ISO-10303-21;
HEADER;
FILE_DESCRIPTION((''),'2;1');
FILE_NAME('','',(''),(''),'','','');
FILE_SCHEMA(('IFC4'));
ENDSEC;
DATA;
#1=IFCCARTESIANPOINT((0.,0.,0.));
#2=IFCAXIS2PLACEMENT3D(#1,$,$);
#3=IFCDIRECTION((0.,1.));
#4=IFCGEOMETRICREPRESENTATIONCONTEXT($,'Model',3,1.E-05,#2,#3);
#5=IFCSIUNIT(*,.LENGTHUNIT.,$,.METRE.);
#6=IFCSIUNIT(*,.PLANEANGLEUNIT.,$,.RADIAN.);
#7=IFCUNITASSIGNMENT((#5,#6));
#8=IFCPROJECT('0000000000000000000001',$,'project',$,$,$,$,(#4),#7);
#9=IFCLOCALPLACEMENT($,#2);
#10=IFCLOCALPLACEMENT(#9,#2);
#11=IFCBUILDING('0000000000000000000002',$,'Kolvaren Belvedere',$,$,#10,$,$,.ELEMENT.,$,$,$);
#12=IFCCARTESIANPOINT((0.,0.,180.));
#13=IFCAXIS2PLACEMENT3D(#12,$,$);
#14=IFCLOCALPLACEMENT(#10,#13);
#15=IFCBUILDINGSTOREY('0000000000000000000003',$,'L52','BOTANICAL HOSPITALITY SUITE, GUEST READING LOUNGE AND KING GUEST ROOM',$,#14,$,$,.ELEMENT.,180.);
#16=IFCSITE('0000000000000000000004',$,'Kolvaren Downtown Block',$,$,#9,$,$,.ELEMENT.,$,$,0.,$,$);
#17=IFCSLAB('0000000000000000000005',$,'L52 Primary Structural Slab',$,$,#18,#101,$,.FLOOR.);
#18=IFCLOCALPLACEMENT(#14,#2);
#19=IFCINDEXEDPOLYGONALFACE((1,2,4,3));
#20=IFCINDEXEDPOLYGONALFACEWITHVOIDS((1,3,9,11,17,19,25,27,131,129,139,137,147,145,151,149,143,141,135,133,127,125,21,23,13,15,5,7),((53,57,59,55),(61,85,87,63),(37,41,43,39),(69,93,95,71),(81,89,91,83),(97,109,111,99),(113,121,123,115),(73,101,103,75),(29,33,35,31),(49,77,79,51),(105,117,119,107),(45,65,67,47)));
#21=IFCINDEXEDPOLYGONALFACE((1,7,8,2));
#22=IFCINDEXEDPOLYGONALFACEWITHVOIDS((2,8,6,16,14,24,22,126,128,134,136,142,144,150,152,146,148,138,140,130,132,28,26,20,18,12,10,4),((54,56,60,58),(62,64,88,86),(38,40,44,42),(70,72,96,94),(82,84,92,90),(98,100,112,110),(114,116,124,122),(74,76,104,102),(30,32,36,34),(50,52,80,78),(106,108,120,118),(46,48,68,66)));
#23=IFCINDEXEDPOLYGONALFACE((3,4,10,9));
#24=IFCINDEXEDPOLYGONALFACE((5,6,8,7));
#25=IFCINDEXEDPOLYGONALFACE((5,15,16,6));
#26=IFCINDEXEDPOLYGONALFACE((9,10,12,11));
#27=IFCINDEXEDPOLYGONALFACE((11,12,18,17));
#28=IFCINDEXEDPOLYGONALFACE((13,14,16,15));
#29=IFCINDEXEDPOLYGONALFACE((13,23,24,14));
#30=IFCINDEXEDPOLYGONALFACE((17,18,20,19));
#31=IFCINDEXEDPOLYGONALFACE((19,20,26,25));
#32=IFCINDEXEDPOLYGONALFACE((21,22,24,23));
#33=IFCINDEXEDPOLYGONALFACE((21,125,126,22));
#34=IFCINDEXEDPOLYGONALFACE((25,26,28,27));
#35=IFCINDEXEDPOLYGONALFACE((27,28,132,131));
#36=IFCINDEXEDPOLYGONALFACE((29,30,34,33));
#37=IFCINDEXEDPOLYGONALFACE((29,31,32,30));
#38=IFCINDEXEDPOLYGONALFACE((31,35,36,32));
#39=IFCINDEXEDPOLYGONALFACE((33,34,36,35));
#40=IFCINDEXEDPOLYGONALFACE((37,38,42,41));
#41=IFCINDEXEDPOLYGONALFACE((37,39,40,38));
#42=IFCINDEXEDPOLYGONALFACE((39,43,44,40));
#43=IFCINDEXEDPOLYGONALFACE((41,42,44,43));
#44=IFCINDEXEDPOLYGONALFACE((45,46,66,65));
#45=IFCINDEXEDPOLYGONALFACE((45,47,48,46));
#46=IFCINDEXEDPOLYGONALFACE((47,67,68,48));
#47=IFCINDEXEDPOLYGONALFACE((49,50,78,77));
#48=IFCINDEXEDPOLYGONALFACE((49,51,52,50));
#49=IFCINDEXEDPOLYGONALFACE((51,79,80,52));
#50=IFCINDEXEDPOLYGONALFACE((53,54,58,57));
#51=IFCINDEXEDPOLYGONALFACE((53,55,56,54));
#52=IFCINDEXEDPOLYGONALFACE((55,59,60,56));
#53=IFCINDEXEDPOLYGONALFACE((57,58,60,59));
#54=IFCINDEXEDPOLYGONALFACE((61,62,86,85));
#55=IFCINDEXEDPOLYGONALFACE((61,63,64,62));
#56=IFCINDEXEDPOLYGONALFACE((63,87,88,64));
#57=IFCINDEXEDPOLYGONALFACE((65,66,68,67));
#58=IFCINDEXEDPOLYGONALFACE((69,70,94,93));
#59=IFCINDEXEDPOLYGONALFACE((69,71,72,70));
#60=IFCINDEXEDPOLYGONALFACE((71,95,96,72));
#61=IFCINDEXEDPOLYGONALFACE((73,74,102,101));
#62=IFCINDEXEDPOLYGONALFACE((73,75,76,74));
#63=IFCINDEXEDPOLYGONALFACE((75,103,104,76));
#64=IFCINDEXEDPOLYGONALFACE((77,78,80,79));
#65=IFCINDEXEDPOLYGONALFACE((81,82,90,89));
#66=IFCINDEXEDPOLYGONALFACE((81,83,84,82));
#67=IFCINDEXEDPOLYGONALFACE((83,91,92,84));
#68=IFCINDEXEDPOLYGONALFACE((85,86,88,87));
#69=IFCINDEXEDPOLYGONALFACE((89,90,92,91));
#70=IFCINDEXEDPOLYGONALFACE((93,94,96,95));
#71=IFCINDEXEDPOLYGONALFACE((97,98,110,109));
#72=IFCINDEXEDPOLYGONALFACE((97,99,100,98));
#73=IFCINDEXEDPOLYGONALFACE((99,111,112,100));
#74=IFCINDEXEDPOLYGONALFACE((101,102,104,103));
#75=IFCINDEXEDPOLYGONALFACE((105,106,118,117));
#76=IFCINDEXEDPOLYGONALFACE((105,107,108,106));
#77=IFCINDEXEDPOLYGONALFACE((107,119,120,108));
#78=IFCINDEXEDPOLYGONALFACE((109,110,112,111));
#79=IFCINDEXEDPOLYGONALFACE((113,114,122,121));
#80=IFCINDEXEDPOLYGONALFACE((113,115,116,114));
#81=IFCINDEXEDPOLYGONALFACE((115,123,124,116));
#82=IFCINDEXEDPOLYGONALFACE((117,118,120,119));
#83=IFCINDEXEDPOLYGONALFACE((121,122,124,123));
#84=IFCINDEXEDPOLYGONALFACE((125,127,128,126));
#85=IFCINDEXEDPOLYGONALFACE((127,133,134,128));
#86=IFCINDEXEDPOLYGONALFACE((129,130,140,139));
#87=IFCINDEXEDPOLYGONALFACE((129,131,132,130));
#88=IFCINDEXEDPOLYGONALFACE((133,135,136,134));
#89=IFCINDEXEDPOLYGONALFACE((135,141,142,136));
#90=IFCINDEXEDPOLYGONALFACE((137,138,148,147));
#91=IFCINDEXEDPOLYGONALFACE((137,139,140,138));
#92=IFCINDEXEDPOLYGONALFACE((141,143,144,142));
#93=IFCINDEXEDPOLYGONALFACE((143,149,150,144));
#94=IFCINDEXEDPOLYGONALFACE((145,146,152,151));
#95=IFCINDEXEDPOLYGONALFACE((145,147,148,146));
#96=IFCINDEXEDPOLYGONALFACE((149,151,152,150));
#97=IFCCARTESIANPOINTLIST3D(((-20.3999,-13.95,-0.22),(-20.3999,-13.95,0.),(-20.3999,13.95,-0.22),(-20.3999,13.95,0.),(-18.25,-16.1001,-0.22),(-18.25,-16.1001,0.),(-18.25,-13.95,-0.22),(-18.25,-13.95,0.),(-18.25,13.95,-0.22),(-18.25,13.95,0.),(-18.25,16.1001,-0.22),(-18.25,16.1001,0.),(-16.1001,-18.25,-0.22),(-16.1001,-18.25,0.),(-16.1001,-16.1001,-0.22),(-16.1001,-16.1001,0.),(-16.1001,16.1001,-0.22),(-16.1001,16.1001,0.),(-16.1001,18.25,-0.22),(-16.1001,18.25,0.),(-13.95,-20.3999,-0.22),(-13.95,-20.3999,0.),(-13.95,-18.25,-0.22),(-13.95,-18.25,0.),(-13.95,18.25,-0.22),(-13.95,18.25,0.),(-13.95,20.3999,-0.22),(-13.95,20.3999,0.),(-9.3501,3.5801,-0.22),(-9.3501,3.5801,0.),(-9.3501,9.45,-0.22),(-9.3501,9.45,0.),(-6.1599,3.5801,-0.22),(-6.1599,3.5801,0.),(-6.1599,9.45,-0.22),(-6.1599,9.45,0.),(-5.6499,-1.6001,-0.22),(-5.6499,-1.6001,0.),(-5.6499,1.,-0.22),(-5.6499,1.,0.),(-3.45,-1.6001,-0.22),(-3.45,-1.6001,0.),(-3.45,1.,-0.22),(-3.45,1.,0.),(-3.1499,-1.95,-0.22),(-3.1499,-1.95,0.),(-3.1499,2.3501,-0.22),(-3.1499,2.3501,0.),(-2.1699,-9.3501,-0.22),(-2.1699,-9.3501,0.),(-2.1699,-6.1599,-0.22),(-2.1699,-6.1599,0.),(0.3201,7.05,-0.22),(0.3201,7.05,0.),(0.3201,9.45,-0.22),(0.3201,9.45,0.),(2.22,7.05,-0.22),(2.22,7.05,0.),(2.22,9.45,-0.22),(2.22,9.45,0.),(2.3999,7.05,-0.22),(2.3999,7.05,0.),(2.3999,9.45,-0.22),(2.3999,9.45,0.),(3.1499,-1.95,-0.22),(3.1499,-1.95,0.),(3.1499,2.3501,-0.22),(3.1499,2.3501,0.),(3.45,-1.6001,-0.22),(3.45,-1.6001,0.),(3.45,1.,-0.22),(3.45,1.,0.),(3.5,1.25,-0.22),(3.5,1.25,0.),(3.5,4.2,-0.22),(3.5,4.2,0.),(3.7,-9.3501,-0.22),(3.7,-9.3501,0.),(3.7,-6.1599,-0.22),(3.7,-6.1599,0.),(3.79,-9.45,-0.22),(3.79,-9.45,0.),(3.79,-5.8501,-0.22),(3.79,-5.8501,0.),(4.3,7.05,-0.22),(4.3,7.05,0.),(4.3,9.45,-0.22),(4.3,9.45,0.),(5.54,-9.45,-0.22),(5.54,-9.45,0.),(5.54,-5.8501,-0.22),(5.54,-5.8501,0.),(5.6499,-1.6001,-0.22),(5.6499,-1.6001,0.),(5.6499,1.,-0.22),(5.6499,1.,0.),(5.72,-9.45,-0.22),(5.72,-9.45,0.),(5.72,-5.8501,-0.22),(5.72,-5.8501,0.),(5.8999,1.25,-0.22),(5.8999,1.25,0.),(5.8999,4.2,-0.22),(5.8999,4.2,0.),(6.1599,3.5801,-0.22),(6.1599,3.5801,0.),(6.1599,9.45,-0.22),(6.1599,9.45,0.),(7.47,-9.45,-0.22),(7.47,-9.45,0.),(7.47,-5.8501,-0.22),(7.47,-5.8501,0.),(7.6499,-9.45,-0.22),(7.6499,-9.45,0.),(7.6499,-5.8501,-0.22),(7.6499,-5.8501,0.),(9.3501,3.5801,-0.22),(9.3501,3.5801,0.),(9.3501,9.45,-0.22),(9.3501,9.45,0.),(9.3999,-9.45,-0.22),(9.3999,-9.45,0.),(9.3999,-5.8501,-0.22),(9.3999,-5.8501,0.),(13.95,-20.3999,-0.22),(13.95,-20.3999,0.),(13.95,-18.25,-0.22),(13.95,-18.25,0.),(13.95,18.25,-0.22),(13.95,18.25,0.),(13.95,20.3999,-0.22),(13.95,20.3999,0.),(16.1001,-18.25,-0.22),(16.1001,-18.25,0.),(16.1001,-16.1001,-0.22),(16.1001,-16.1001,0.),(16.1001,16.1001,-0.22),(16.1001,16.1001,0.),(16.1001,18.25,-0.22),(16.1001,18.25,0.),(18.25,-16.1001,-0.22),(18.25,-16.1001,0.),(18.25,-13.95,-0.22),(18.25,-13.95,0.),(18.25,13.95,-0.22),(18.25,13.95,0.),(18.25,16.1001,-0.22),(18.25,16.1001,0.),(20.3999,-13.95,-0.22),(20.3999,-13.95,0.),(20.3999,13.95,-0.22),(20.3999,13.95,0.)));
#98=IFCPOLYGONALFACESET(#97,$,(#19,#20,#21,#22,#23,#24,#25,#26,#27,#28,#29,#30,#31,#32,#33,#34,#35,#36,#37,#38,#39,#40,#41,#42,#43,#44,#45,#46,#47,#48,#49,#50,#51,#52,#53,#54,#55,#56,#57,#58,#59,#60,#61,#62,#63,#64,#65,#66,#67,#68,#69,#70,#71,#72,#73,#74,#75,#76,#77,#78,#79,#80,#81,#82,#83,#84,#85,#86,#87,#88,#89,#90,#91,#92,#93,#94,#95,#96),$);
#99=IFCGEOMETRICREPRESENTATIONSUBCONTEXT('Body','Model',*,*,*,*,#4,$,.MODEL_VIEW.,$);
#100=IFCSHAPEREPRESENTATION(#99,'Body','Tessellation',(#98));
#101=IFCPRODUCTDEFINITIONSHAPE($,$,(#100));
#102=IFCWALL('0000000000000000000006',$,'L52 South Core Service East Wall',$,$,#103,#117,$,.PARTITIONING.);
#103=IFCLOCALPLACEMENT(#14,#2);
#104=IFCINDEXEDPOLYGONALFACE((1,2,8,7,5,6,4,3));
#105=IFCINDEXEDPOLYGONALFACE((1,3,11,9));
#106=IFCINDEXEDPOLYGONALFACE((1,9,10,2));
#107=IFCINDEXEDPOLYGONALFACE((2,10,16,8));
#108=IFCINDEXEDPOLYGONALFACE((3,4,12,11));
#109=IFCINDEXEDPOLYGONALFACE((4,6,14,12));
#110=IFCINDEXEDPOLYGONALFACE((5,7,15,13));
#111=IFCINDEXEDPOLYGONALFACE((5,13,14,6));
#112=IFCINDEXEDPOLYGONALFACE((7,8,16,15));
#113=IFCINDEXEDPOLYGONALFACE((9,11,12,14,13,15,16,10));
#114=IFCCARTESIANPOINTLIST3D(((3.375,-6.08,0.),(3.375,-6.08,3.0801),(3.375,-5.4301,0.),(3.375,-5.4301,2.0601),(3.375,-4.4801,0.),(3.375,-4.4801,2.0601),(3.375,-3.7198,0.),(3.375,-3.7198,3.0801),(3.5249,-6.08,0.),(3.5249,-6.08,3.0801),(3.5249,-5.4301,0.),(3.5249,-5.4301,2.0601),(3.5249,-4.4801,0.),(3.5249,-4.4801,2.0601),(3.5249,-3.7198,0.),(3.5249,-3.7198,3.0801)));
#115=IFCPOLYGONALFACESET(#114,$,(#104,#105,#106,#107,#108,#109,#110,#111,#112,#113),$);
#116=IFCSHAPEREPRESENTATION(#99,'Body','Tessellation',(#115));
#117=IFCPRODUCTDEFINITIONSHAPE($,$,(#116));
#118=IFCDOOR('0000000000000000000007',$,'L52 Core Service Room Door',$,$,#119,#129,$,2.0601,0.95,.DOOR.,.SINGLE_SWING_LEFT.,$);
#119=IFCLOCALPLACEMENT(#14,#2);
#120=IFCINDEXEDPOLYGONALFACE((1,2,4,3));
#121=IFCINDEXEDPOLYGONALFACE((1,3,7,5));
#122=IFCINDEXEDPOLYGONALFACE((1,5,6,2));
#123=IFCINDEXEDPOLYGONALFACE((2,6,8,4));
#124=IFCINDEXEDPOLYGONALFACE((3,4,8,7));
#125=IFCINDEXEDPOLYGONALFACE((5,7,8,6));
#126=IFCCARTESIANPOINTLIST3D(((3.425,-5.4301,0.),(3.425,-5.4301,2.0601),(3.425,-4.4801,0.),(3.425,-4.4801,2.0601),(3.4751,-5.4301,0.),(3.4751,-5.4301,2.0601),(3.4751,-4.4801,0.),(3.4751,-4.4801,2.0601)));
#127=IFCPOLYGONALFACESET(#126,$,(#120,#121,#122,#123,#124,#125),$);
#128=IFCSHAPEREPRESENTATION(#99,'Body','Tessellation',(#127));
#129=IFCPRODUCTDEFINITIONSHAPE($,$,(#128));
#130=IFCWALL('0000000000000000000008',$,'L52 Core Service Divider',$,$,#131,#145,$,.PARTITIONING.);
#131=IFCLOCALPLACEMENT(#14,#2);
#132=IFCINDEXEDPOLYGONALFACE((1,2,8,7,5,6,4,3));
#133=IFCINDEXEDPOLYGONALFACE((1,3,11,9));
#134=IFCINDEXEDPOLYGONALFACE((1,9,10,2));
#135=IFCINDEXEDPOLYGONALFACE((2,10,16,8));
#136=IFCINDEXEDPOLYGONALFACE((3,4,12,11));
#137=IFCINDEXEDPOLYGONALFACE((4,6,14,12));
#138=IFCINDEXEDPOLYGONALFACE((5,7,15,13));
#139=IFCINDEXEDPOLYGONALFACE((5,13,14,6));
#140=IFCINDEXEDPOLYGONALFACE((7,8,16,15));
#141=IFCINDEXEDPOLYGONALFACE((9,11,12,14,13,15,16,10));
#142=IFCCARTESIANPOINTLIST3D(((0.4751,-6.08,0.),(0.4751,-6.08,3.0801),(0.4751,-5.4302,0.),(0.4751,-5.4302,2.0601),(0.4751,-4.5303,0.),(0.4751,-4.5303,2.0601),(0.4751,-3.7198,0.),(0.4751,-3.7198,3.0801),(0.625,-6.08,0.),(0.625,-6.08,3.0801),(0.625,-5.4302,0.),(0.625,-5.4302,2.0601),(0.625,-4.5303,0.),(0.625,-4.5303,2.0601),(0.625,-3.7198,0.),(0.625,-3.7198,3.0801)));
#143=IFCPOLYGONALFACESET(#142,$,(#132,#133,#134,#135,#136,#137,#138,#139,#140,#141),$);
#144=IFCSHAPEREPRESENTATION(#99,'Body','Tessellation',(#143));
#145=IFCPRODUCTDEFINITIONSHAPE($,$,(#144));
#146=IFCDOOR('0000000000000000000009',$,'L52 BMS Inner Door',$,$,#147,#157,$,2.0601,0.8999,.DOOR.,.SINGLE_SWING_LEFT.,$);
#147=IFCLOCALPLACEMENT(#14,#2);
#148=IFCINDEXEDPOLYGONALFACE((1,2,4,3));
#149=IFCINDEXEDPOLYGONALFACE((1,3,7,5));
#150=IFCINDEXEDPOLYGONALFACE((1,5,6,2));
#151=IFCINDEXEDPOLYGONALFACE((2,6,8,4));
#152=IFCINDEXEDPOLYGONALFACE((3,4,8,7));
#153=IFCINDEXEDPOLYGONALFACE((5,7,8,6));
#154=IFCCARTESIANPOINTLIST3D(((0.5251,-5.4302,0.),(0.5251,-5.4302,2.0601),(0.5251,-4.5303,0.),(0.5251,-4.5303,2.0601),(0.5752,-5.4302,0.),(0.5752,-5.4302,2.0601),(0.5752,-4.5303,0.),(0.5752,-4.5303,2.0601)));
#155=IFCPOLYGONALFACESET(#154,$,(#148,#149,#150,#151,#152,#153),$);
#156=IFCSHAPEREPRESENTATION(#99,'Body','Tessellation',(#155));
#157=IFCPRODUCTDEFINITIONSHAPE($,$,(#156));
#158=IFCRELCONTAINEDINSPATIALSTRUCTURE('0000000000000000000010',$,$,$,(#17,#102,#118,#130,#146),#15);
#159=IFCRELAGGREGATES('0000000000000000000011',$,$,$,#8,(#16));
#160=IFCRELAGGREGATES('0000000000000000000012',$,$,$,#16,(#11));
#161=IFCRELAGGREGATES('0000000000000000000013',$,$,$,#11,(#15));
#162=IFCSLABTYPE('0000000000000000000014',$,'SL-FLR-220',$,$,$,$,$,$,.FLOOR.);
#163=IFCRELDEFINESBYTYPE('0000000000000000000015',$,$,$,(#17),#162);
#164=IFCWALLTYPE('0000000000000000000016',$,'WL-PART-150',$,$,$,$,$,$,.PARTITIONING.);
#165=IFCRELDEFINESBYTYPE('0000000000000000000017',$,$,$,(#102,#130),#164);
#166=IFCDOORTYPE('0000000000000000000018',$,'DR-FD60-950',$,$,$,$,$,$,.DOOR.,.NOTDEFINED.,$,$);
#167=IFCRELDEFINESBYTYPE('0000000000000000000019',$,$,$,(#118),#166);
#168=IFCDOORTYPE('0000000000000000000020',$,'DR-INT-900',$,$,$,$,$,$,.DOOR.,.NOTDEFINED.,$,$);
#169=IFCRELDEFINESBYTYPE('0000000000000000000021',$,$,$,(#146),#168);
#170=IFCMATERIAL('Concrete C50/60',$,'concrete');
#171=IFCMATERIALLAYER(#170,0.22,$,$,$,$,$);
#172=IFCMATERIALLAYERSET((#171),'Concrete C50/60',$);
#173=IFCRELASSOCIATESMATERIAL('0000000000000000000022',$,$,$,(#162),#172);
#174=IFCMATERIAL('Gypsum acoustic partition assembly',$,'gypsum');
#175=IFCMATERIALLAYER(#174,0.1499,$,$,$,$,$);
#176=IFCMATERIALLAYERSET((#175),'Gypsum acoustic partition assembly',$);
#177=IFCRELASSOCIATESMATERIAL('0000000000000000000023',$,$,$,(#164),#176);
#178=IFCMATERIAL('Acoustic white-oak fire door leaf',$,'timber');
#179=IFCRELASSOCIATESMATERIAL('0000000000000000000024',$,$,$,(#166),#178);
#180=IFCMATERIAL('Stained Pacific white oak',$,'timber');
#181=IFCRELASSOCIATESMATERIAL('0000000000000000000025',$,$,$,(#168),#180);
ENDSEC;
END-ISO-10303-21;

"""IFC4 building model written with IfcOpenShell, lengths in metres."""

from ifc_helpers import new_model, si_unit, direction, frame, frame_2d, origin, place, context, subcontext, project, spatial, polyline, rectangle, outline, extrude, material, layer, layer_set, type_object, element, fill, save


model = new_model("IFC4")

# Units and contexts
model_context = context("Model", 3, precision=1e-05, world=origin(), true_north=direction((0.0, 1.0)))
body_context = subcontext(model_context, "Body", "Model", "MODEL_VIEW")
ifc_project = project(units=[si_unit("LENGTHUNIT", "METRE"), si_unit("PLANEANGLEUNIT", "RADIAN")], contexts=[model_context])

# Site, building, storey
site_placement = place(None, origin())
site = spatial("IfcSite", under=ifc_project, at=site_placement, Name="Kolvaren Downtown Block", CompositionType="ELEMENT", RefElevation=0.0)
building_placement = place(site_placement, origin())
building = spatial("IfcBuilding", under=site, at=building_placement, Name="Kolvaren Belvedere", CompositionType="ELEMENT")
storey_placement = place(building_placement, frame((0.0, 0.0, 180.0)))
storey = spatial("IfcBuildingStorey", under=building, at=storey_placement, Name="L52", Description="BOTANICAL HOSPITALITY SUITE, GUEST READING LOUNGE AND KING GUEST ROOM", CompositionType="ELEMENT", Elevation=180.0)

# Slab
ifc_material_1 = material(Name="Concrete C50/60", Category="concrete")
ifc_layer_1 = layer(ifc_material_1, 0.22)
ifc_layer_set_1 = layer_set([ifc_layer_1], Name="Concrete C50/60")
slab_type_1 = type_object("IfcSlabType", Name="SL-FLR-220", PredefinedType="FLOOR", material=ifc_layer_set_1)
slab_1_placement = place(storey_placement, frame((0.0, 0.0, -0.22)))
element("IfcSlab", 1, at=slab_1_placement, inside=storey, type_object=slab_type_1, Name="L52 Primary Structural Slab", PredefinedType="FLOOR", context=body_context, shape_type="SweptSolid", body=[
    extrude(outline(polyline([(-13.95, -20.3999), (13.95, -20.3999), (13.95, -18.25), (16.1001, -18.25), (16.1001, -16.1001), (18.25, -16.1001), (18.25, -13.95), (20.3999, -13.95), (20.3999, 13.95), (18.25, 13.95), (18.25, 16.1001), (16.1001, 16.1001), (16.1001, 18.25), (13.95, 18.25), (13.95, 20.3999), (-13.95, 20.3999), (-13.95, 18.25), (-16.1001, 18.25), (-16.1001, 16.1001), (-18.25, 16.1001), (-18.25, 13.95), (-20.3999, 13.95), (-20.3999, -13.95), (-18.25, -13.95), (-18.25, -16.1001), (-16.1001, -16.1001), (-16.1001, -18.25), (-13.95, -18.25), (-13.95, -20.3999)]), holes=[polyline([(-9.3501, 3.5801), (-6.1599, 3.5801), (-6.1599, 9.45), (-9.3501, 9.45), (-9.3501, 3.5801)]), polyline([(6.1599, 3.5801), (9.3501, 3.5801), (9.3501, 9.45), (6.1599, 9.45), (6.1599, 3.5801)]), polyline([(-2.1699, -9.3501), (3.7, -9.3501), (3.7, -6.1599), (-2.1699, -6.1599), (-2.1699, -9.3501)]), polyline([(-5.6499, -1.6001), (-3.45, -1.6001), (-3.45, 1.0), (-5.6499, 1.0), (-5.6499, -1.6001)]), polyline([(3.5, 1.25), (5.8999, 1.25), (5.8999, 4.2), (3.5, 4.2), (3.5, 1.25)]), polyline([(3.45, -1.6001), (5.6499, -1.6001), (5.6499, 1.0), (3.45, 1.0), (3.45, -1.6001)]), polyline([(3.79, -9.45), (5.54, -9.45), (5.54, -5.8501), (3.79, -5.8501), (3.79, -9.45)]), polyline([(5.72, -9.45), (7.47, -9.45), (7.47, -5.8501), (5.72, -5.8501), (5.72, -9.45)]), polyline([(7.6499, -9.45), (9.3999, -9.45), (9.3999, -5.8501), (7.6499, -5.8501), (7.6499, -9.45)]), polyline([(0.3201, 7.05), (2.22, 7.05), (2.22, 9.45), (0.3201, 9.45), (0.3201, 7.05)]), polyline([(2.3999, 7.05), (4.3, 7.05), (4.3, 9.45), (2.3999, 9.45), (2.3999, 7.05)]), polyline([(-3.1499, -1.95), (3.1499, -1.95), (3.1499, 2.3501), (-3.1499, 2.3501), (-3.1499, -1.95)])]), origin(), (0.0, 0.0, 1.0), 0.22),
])

# Walls, openings, doors
ifc_material_2 = material(Name="Gypsum acoustic partition assembly", Category="gypsum")
ifc_layer_2 = layer(ifc_material_2, 0.1499)
ifc_layer_set_2 = layer_set([ifc_layer_2], Name="Gypsum acoustic partition assembly")
wall_type_1 = type_object("IfcWallType", Name="WL-PART-150", PredefinedType="PARTITIONING", material=ifc_layer_set_2)
wall_1_placement = place(storey_placement, frame((3.45, -6.0801, 0.0), z_axis=(0.0, 0.0, 1.0), x_axis=(0.0, 1.0, 0.0)))
wall_1 = element("IfcWall", 2, at=wall_1_placement, inside=storey, type_object=wall_type_1, Name="L52 South Core Service East Wall", PredefinedType="PARTITIONING", context=body_context, shape_type="SweptSolid", body=[
    extrude(rectangle(XDim=2.3601, YDim=0.1499, at=frame_2d((1.1802, 0.0))), origin(), (0.0, 0.0, 1.0), 3.0801),
])
opening_1_placement = place(wall_1_placement, frame((0.6499, 0.0, 0.0)))
opening_1 = element("IfcOpeningElement", 3, at=opening_1_placement, cuts=wall_1, PredefinedType="OPENING", context=body_context, shape_type="SweptSolid", body=[
    extrude(rectangle(XDim=0.95, YDim=2.0601, at=frame_2d((0.4751, 1.03))), frame((0.0, 0.085, 0.0), z_axis=(0.0, -1.0, 0.0), x_axis=(1.0, 0.0, 0.0)), (0.0, 0.0, 1.0), 0.1699),
])
ifc_material_3 = material(Name="Acoustic white-oak fire door leaf", Category="timber")
door_type_1 = type_object("IfcDoorType", Name="DR-FD60-950", OperationType="NOTDEFINED", PredefinedType="DOOR", material=ifc_material_3)
door_1_placement = place(opening_1_placement, origin())
door_1 = element("IfcDoor", 4, at=door_1_placement, inside=storey, type_object=door_type_1, Name="L52 Core Service Room Door", OperationType="SINGLE_SWING_LEFT", OverallHeight=2.0601, OverallWidth=0.95, PredefinedType="DOOR", context=body_context, shape_type="SweptSolid", body=[
    extrude(rectangle(XDim=0.95, YDim=2.0601, at=frame_2d((0.4751, 1.03))), frame((0.0, 0.0249, 0.0), z_axis=(0.0, -1.0, 0.0), x_axis=(1.0, 0.0, 0.0)), (0.0, 0.0, 1.0), 0.05),
])
fill(opening_1, door_1)
wall_2_placement = place(storey_placement, frame((0.55, -6.0801, 0.0), z_axis=(0.0, 0.0, 1.0), x_axis=(0.0, 1.0, 0.0)))
wall_2 = element("IfcWall", 5, at=wall_2_placement, inside=storey, type_object=wall_type_1, Name="L52 Core Service Divider", PredefinedType="PARTITIONING", context=body_context, shape_type="SweptSolid", body=[
    extrude(rectangle(XDim=2.3601, YDim=0.1499, at=frame_2d((1.1802, 0.0))), origin(), (0.0, 0.0, 1.0), 3.0801),
])
opening_2_placement = place(wall_2_placement, frame((0.6499, 0.0, 0.0)))
opening_2 = element("IfcOpeningElement", 6, at=opening_2_placement, cuts=wall_2, PredefinedType="OPENING", context=body_context, shape_type="SweptSolid", body=[
    extrude(rectangle(XDim=0.8999, YDim=2.0601, at=frame_2d((0.45, 1.03))), frame((0.0, 0.085, 0.0), z_axis=(0.0, -1.0, 0.0), x_axis=(1.0, 0.0, 0.0)), (0.0, 0.0, 1.0), 0.1699),
])
ifc_material_4 = material(Name="Stained Pacific white oak", Category="timber")
door_type_2 = type_object("IfcDoorType", Name="DR-INT-900", OperationType="NOTDEFINED", PredefinedType="DOOR", material=ifc_material_4)
door_2_placement = place(opening_2_placement, origin())
door_2 = element("IfcDoor", 7, at=door_2_placement, inside=storey, type_object=door_type_2, Name="L52 BMS Inner Door", OperationType="SINGLE_SWING_LEFT", OverallHeight=2.0601, OverallWidth=0.8999, PredefinedType="DOOR", context=body_context, shape_type="SweptSolid", body=[
    extrude(rectangle(XDim=0.8999, YDim=2.0601, at=frame_2d((0.45, 1.03))), frame((0.0, 0.0249, 0.0), z_axis=(0.0, -1.0, 0.0), x_axis=(1.0, 0.0, 0.0)), (0.0, 0.0, 1.0), 0.05),
])
fill(opening_2, door_2)

save(model, "model.ifc")
